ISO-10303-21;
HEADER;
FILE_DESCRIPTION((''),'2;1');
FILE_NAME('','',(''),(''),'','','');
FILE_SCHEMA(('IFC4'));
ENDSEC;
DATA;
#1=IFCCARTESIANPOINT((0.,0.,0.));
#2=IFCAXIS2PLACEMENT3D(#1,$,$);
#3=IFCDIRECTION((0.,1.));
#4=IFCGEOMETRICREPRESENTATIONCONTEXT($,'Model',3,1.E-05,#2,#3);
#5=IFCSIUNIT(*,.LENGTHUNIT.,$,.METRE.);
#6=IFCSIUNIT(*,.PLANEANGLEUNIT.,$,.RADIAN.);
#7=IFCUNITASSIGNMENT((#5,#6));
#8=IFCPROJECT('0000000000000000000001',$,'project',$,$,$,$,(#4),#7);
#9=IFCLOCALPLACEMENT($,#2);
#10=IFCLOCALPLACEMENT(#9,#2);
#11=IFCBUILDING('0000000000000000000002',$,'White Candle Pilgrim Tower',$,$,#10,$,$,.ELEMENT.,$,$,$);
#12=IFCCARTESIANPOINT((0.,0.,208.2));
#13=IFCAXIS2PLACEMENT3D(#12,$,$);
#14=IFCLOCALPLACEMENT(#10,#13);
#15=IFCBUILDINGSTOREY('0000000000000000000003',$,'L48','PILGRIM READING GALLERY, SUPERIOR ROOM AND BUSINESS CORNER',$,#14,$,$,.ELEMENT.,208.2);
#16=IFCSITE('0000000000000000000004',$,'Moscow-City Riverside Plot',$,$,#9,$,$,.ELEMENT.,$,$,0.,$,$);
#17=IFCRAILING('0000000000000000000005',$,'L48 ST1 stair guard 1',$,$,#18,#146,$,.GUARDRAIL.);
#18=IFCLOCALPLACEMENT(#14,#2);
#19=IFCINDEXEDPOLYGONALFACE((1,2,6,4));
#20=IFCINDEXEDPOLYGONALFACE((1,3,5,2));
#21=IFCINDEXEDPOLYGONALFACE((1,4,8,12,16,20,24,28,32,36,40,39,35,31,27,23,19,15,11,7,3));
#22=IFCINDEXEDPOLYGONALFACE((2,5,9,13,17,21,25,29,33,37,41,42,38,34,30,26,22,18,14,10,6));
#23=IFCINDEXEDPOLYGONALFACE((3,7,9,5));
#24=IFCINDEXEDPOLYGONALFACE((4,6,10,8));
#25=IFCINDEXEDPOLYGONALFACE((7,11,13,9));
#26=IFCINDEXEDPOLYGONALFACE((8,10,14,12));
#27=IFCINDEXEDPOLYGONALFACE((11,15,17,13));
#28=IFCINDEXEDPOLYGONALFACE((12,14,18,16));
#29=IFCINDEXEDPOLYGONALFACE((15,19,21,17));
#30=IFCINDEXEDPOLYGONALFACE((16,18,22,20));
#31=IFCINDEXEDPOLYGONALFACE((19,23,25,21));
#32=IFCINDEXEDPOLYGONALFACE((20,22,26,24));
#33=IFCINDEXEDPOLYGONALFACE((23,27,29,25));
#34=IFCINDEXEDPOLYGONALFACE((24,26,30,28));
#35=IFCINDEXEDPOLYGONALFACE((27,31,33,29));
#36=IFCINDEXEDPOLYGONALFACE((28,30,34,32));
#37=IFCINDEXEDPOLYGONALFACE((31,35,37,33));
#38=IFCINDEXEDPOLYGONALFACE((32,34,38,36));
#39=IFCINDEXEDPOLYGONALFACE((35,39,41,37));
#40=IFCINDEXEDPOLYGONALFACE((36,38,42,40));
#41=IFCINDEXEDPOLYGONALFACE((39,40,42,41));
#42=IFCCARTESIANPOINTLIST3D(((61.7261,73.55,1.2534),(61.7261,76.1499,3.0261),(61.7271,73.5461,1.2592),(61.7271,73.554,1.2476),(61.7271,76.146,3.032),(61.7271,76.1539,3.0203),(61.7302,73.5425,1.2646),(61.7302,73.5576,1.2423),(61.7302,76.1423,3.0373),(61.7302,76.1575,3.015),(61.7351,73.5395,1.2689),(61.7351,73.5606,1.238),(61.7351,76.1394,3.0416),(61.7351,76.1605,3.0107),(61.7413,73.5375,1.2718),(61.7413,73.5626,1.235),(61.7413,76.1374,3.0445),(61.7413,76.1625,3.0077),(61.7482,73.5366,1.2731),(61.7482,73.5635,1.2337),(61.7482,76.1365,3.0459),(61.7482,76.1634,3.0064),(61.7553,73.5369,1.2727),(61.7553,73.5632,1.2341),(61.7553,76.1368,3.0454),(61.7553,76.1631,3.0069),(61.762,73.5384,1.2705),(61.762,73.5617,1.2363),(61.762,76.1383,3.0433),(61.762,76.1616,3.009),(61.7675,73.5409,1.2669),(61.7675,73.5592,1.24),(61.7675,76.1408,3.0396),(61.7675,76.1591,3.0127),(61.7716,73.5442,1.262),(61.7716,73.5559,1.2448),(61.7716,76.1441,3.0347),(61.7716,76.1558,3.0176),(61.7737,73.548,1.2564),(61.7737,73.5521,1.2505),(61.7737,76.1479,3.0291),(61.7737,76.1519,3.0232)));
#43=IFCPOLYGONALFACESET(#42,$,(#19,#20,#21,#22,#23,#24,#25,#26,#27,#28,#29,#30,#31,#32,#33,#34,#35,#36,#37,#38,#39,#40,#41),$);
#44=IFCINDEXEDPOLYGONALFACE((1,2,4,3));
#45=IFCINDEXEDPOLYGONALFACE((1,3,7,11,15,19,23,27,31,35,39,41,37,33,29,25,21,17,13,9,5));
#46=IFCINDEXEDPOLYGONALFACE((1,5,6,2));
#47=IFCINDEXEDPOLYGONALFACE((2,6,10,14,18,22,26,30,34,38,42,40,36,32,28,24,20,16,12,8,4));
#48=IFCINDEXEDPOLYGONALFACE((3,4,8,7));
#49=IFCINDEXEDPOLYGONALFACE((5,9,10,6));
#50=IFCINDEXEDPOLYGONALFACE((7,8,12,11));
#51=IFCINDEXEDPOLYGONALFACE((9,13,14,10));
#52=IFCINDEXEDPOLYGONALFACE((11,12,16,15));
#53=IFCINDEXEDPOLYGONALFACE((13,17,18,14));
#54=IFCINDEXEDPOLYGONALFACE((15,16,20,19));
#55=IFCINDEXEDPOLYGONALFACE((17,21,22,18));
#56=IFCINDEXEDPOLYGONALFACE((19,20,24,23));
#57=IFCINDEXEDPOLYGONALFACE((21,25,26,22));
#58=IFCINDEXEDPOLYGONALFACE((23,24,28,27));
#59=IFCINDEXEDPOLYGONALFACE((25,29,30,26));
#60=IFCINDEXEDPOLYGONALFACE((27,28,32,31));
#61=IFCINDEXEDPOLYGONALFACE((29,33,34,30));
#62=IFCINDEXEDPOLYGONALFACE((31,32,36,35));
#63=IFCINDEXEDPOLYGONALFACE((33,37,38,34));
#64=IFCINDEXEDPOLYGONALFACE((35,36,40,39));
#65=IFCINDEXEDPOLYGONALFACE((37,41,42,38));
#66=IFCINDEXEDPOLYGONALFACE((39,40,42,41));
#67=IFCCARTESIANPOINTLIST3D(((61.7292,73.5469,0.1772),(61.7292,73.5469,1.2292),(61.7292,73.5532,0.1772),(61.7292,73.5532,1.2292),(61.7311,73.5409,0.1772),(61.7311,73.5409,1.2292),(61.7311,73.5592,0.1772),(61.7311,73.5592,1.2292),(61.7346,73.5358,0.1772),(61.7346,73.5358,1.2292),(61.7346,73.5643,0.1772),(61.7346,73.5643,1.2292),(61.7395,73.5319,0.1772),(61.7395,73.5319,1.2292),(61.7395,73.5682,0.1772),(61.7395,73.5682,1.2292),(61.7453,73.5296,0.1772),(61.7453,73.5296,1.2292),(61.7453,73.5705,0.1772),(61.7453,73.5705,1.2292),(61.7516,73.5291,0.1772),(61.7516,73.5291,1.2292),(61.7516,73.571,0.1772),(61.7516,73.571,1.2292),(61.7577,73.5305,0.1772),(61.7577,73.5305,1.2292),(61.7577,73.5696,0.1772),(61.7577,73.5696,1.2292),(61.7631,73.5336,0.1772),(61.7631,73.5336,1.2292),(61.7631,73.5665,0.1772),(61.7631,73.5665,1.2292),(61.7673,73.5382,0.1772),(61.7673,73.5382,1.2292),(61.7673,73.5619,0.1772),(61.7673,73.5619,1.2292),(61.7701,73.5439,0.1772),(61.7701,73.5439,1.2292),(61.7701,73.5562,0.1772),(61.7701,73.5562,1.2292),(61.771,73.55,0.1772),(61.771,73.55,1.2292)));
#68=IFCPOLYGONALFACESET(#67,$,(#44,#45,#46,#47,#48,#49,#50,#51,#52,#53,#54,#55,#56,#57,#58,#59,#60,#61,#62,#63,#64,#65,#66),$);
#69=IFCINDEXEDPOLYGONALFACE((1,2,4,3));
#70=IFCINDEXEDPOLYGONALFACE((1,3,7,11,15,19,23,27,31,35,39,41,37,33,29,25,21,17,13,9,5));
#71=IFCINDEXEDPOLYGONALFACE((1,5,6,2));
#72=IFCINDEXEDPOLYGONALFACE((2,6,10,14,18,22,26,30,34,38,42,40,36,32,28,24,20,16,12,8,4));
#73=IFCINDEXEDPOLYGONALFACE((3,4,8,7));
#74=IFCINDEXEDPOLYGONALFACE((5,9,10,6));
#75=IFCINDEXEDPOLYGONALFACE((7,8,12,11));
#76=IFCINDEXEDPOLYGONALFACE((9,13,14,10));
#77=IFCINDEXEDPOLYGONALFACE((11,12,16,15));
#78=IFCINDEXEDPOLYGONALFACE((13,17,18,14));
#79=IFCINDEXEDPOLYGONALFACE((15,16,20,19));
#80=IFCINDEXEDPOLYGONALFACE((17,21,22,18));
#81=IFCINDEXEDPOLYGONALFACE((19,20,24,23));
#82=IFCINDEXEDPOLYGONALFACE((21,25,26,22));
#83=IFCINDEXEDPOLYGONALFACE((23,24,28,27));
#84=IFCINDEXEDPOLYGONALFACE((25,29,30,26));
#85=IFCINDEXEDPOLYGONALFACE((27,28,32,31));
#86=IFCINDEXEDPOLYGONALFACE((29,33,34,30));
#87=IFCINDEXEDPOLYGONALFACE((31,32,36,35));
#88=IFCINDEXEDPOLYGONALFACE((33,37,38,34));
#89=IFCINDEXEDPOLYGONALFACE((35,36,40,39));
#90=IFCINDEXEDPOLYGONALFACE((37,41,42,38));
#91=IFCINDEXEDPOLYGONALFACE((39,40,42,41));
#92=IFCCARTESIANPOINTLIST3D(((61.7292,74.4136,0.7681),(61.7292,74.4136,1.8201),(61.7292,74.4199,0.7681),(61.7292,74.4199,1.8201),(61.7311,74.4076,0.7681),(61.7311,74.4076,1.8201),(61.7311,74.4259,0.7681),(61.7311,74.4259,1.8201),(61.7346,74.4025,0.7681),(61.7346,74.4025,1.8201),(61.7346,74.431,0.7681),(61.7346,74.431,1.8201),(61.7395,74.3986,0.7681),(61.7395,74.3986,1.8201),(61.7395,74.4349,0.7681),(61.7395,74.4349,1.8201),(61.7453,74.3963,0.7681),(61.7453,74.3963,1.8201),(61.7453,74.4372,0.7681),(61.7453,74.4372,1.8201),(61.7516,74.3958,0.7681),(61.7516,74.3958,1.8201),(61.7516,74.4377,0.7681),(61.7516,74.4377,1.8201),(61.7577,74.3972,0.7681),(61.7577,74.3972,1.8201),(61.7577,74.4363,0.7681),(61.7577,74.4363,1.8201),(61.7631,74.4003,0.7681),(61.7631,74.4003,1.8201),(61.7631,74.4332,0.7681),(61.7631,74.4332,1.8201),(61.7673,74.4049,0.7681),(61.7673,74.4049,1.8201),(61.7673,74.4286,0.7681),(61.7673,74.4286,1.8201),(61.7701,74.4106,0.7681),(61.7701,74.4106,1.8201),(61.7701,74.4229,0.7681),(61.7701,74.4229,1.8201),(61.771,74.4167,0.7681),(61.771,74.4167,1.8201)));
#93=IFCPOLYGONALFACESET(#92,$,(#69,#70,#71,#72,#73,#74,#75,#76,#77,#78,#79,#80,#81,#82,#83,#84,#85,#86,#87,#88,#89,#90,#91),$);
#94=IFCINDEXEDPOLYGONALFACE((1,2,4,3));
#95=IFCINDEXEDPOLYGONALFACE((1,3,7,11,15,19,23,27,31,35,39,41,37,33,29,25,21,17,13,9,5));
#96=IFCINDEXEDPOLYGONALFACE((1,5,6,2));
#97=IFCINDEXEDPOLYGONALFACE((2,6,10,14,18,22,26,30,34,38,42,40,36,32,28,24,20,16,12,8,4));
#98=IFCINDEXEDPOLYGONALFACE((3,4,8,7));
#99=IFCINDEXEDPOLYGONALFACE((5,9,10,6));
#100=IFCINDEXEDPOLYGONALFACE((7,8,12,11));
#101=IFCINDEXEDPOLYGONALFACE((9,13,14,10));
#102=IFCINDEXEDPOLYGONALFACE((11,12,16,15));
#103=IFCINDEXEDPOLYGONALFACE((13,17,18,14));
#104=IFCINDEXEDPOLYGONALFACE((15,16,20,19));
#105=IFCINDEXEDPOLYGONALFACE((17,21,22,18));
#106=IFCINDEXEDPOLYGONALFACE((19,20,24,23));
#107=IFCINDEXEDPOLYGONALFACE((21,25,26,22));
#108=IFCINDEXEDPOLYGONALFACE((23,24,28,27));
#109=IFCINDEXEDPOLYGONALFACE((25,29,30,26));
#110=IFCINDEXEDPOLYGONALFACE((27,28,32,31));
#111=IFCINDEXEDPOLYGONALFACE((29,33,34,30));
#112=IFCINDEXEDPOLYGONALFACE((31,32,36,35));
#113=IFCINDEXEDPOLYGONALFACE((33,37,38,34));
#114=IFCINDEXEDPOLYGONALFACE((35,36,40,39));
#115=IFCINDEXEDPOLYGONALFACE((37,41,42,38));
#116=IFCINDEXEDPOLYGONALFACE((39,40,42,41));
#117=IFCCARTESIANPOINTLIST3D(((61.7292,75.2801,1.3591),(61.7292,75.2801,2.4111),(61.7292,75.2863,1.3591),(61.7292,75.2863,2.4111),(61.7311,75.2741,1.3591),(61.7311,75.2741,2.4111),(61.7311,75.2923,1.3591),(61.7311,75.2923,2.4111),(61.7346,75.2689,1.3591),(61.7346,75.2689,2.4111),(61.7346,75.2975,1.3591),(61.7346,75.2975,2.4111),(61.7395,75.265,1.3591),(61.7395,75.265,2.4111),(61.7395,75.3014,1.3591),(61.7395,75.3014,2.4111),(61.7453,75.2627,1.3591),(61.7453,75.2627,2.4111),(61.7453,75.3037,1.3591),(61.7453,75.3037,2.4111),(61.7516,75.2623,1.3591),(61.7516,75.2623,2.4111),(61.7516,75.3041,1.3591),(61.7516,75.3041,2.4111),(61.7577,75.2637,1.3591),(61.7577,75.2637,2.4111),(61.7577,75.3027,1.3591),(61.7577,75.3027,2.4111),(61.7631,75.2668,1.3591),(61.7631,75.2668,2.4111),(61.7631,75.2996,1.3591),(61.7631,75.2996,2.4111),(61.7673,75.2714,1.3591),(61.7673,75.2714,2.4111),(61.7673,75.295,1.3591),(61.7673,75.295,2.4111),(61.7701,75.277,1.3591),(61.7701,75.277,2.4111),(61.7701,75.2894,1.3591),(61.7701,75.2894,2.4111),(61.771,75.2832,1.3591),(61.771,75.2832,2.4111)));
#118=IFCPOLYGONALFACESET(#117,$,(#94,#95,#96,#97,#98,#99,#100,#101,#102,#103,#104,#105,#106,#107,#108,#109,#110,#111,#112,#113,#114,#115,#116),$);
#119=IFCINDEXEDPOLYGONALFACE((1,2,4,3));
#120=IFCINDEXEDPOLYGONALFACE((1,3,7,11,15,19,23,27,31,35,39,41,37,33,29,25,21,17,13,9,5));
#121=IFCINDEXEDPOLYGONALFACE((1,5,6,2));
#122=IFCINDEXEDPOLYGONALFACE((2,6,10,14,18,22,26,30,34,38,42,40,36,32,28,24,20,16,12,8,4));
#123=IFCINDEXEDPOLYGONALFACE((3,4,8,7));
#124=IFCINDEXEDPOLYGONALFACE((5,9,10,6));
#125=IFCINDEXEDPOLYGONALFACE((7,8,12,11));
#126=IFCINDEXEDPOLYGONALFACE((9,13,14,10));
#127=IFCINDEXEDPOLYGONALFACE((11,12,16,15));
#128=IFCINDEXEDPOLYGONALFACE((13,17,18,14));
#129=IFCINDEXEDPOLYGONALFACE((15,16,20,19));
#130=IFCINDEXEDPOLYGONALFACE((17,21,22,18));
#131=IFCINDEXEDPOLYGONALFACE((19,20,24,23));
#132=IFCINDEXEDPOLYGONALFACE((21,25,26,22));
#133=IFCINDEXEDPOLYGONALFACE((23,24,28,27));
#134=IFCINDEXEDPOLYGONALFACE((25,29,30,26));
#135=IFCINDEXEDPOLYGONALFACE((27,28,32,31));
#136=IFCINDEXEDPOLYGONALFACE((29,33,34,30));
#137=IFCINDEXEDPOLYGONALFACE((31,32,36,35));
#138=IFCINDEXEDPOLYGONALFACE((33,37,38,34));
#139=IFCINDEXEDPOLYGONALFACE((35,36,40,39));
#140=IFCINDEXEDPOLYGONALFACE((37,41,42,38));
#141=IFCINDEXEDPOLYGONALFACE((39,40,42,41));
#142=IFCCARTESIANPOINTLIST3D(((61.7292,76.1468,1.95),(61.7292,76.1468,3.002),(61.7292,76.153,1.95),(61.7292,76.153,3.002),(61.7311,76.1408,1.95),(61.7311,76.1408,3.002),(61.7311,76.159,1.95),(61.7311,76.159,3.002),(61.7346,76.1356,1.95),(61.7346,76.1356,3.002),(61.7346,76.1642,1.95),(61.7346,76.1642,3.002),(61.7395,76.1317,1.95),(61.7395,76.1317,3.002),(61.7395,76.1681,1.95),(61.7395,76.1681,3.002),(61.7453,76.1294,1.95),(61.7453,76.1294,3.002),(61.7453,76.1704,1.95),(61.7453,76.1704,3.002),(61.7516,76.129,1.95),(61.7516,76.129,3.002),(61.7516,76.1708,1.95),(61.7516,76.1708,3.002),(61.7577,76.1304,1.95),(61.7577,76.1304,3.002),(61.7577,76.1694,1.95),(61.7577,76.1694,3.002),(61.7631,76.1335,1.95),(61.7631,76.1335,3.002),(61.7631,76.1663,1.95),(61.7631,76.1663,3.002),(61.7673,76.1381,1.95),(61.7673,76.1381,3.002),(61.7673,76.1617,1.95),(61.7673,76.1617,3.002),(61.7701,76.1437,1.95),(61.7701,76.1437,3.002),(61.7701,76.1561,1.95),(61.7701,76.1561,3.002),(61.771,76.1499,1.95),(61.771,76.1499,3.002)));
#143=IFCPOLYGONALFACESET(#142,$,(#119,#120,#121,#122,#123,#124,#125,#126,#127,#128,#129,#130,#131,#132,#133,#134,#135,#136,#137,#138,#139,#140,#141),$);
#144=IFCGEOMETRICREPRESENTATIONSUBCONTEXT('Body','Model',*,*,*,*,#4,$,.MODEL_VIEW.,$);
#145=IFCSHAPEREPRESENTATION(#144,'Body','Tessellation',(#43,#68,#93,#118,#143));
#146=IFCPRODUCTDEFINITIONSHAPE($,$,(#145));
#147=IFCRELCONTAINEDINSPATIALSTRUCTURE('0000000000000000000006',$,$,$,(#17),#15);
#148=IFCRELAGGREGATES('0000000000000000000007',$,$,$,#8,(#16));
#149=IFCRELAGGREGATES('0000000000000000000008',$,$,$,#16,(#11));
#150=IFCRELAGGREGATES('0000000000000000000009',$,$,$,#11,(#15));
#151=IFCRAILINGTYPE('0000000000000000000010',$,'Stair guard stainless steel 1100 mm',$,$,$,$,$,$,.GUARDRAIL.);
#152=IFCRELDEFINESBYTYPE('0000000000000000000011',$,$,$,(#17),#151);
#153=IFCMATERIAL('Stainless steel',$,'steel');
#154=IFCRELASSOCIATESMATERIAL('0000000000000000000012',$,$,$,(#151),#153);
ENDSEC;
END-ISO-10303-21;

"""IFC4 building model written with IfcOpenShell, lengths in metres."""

from ifc_helpers import new_model, si_unit, direction, frame, origin, origin_2d, place, context, subcontext, project, spatial, circle, extrude, material, type_object, element, save


model = new_model("IFC4")

# Units and contexts
model_context = context("Model", 3, precision=1e-05, world=origin(), true_north=direction((0.0, 1.0)))
body_context = subcontext(model_context, "Body", "Model", "MODEL_VIEW")
ifc_project = project(units=[si_unit("LENGTHUNIT", "METRE"), si_unit("PLANEANGLEUNIT", "RADIAN")], contexts=[model_context])

# Site, building, storey
site_placement = place(None, origin())
site = spatial("IfcSite", under=ifc_project, at=site_placement, Name="Moscow-City Riverside Plot", CompositionType="ELEMENT", RefElevation=0.0)
building_placement = place(site_placement, origin())
building = spatial("IfcBuilding", under=site, at=building_placement, Name="White Candle Pilgrim Tower", CompositionType="ELEMENT")
storey_placement = place(building_placement, frame((0.0, 0.0, 208.2)))
storey = spatial("IfcBuildingStorey", under=building, at=storey_placement, Name="L48", Description="PILGRIM READING GALLERY, SUPERIOR ROOM AND BUSINESS CORNER", CompositionType="ELEMENT", Elevation=208.2)

# Railing
ifc_material_1 = material(Name="Stainless steel", Category="steel")
railing_type_1 = type_object("IfcRailingType", Name="Stair guard stainless steel 1100 mm", PredefinedType="GUARDRAIL", material=ifc_material_1)
railing_1_placement = place(storey_placement, frame((61.75, 73.55, 0.1772)))
element("IfcRailing", 1, at=railing_1_placement, inside=storey, type_object=railing_type_1, Name="L48 ST1 stair guard 1", PredefinedType="GUARDRAIL", context=body_context, shape_type="SweptSolid", body=[
    extrude(circle(Radius=0.0239, at=origin_2d()), frame((0.0, 0.0, 1.0762), z_axis=(0.0, 0.826216, 0.563354), x_axis=(-1.0, 0.0, 0.0)), (0.0, 0.0, 1.0), 3.1467),
    extrude(circle(Radius=0.021, at=origin_2d()), origin(), (0.0, 0.0, 1.0), 1.052),
    extrude(circle(Radius=0.021, at=origin_2d()), frame((0.0, 0.8667, 0.5908)), (0.0, 0.0, 1.0), 1.052),
    extrude(circle(Radius=0.021, at=origin_2d()), frame((0.0, 1.7332, 1.1819)), (0.0, 0.0, 1.0), 1.052),
    extrude(circle(Radius=0.021, at=origin_2d()), frame((0.0, 2.5999, 1.7727)), (0.0, 0.0, 1.0), 1.052),
])

save(model, "model.ifc")
